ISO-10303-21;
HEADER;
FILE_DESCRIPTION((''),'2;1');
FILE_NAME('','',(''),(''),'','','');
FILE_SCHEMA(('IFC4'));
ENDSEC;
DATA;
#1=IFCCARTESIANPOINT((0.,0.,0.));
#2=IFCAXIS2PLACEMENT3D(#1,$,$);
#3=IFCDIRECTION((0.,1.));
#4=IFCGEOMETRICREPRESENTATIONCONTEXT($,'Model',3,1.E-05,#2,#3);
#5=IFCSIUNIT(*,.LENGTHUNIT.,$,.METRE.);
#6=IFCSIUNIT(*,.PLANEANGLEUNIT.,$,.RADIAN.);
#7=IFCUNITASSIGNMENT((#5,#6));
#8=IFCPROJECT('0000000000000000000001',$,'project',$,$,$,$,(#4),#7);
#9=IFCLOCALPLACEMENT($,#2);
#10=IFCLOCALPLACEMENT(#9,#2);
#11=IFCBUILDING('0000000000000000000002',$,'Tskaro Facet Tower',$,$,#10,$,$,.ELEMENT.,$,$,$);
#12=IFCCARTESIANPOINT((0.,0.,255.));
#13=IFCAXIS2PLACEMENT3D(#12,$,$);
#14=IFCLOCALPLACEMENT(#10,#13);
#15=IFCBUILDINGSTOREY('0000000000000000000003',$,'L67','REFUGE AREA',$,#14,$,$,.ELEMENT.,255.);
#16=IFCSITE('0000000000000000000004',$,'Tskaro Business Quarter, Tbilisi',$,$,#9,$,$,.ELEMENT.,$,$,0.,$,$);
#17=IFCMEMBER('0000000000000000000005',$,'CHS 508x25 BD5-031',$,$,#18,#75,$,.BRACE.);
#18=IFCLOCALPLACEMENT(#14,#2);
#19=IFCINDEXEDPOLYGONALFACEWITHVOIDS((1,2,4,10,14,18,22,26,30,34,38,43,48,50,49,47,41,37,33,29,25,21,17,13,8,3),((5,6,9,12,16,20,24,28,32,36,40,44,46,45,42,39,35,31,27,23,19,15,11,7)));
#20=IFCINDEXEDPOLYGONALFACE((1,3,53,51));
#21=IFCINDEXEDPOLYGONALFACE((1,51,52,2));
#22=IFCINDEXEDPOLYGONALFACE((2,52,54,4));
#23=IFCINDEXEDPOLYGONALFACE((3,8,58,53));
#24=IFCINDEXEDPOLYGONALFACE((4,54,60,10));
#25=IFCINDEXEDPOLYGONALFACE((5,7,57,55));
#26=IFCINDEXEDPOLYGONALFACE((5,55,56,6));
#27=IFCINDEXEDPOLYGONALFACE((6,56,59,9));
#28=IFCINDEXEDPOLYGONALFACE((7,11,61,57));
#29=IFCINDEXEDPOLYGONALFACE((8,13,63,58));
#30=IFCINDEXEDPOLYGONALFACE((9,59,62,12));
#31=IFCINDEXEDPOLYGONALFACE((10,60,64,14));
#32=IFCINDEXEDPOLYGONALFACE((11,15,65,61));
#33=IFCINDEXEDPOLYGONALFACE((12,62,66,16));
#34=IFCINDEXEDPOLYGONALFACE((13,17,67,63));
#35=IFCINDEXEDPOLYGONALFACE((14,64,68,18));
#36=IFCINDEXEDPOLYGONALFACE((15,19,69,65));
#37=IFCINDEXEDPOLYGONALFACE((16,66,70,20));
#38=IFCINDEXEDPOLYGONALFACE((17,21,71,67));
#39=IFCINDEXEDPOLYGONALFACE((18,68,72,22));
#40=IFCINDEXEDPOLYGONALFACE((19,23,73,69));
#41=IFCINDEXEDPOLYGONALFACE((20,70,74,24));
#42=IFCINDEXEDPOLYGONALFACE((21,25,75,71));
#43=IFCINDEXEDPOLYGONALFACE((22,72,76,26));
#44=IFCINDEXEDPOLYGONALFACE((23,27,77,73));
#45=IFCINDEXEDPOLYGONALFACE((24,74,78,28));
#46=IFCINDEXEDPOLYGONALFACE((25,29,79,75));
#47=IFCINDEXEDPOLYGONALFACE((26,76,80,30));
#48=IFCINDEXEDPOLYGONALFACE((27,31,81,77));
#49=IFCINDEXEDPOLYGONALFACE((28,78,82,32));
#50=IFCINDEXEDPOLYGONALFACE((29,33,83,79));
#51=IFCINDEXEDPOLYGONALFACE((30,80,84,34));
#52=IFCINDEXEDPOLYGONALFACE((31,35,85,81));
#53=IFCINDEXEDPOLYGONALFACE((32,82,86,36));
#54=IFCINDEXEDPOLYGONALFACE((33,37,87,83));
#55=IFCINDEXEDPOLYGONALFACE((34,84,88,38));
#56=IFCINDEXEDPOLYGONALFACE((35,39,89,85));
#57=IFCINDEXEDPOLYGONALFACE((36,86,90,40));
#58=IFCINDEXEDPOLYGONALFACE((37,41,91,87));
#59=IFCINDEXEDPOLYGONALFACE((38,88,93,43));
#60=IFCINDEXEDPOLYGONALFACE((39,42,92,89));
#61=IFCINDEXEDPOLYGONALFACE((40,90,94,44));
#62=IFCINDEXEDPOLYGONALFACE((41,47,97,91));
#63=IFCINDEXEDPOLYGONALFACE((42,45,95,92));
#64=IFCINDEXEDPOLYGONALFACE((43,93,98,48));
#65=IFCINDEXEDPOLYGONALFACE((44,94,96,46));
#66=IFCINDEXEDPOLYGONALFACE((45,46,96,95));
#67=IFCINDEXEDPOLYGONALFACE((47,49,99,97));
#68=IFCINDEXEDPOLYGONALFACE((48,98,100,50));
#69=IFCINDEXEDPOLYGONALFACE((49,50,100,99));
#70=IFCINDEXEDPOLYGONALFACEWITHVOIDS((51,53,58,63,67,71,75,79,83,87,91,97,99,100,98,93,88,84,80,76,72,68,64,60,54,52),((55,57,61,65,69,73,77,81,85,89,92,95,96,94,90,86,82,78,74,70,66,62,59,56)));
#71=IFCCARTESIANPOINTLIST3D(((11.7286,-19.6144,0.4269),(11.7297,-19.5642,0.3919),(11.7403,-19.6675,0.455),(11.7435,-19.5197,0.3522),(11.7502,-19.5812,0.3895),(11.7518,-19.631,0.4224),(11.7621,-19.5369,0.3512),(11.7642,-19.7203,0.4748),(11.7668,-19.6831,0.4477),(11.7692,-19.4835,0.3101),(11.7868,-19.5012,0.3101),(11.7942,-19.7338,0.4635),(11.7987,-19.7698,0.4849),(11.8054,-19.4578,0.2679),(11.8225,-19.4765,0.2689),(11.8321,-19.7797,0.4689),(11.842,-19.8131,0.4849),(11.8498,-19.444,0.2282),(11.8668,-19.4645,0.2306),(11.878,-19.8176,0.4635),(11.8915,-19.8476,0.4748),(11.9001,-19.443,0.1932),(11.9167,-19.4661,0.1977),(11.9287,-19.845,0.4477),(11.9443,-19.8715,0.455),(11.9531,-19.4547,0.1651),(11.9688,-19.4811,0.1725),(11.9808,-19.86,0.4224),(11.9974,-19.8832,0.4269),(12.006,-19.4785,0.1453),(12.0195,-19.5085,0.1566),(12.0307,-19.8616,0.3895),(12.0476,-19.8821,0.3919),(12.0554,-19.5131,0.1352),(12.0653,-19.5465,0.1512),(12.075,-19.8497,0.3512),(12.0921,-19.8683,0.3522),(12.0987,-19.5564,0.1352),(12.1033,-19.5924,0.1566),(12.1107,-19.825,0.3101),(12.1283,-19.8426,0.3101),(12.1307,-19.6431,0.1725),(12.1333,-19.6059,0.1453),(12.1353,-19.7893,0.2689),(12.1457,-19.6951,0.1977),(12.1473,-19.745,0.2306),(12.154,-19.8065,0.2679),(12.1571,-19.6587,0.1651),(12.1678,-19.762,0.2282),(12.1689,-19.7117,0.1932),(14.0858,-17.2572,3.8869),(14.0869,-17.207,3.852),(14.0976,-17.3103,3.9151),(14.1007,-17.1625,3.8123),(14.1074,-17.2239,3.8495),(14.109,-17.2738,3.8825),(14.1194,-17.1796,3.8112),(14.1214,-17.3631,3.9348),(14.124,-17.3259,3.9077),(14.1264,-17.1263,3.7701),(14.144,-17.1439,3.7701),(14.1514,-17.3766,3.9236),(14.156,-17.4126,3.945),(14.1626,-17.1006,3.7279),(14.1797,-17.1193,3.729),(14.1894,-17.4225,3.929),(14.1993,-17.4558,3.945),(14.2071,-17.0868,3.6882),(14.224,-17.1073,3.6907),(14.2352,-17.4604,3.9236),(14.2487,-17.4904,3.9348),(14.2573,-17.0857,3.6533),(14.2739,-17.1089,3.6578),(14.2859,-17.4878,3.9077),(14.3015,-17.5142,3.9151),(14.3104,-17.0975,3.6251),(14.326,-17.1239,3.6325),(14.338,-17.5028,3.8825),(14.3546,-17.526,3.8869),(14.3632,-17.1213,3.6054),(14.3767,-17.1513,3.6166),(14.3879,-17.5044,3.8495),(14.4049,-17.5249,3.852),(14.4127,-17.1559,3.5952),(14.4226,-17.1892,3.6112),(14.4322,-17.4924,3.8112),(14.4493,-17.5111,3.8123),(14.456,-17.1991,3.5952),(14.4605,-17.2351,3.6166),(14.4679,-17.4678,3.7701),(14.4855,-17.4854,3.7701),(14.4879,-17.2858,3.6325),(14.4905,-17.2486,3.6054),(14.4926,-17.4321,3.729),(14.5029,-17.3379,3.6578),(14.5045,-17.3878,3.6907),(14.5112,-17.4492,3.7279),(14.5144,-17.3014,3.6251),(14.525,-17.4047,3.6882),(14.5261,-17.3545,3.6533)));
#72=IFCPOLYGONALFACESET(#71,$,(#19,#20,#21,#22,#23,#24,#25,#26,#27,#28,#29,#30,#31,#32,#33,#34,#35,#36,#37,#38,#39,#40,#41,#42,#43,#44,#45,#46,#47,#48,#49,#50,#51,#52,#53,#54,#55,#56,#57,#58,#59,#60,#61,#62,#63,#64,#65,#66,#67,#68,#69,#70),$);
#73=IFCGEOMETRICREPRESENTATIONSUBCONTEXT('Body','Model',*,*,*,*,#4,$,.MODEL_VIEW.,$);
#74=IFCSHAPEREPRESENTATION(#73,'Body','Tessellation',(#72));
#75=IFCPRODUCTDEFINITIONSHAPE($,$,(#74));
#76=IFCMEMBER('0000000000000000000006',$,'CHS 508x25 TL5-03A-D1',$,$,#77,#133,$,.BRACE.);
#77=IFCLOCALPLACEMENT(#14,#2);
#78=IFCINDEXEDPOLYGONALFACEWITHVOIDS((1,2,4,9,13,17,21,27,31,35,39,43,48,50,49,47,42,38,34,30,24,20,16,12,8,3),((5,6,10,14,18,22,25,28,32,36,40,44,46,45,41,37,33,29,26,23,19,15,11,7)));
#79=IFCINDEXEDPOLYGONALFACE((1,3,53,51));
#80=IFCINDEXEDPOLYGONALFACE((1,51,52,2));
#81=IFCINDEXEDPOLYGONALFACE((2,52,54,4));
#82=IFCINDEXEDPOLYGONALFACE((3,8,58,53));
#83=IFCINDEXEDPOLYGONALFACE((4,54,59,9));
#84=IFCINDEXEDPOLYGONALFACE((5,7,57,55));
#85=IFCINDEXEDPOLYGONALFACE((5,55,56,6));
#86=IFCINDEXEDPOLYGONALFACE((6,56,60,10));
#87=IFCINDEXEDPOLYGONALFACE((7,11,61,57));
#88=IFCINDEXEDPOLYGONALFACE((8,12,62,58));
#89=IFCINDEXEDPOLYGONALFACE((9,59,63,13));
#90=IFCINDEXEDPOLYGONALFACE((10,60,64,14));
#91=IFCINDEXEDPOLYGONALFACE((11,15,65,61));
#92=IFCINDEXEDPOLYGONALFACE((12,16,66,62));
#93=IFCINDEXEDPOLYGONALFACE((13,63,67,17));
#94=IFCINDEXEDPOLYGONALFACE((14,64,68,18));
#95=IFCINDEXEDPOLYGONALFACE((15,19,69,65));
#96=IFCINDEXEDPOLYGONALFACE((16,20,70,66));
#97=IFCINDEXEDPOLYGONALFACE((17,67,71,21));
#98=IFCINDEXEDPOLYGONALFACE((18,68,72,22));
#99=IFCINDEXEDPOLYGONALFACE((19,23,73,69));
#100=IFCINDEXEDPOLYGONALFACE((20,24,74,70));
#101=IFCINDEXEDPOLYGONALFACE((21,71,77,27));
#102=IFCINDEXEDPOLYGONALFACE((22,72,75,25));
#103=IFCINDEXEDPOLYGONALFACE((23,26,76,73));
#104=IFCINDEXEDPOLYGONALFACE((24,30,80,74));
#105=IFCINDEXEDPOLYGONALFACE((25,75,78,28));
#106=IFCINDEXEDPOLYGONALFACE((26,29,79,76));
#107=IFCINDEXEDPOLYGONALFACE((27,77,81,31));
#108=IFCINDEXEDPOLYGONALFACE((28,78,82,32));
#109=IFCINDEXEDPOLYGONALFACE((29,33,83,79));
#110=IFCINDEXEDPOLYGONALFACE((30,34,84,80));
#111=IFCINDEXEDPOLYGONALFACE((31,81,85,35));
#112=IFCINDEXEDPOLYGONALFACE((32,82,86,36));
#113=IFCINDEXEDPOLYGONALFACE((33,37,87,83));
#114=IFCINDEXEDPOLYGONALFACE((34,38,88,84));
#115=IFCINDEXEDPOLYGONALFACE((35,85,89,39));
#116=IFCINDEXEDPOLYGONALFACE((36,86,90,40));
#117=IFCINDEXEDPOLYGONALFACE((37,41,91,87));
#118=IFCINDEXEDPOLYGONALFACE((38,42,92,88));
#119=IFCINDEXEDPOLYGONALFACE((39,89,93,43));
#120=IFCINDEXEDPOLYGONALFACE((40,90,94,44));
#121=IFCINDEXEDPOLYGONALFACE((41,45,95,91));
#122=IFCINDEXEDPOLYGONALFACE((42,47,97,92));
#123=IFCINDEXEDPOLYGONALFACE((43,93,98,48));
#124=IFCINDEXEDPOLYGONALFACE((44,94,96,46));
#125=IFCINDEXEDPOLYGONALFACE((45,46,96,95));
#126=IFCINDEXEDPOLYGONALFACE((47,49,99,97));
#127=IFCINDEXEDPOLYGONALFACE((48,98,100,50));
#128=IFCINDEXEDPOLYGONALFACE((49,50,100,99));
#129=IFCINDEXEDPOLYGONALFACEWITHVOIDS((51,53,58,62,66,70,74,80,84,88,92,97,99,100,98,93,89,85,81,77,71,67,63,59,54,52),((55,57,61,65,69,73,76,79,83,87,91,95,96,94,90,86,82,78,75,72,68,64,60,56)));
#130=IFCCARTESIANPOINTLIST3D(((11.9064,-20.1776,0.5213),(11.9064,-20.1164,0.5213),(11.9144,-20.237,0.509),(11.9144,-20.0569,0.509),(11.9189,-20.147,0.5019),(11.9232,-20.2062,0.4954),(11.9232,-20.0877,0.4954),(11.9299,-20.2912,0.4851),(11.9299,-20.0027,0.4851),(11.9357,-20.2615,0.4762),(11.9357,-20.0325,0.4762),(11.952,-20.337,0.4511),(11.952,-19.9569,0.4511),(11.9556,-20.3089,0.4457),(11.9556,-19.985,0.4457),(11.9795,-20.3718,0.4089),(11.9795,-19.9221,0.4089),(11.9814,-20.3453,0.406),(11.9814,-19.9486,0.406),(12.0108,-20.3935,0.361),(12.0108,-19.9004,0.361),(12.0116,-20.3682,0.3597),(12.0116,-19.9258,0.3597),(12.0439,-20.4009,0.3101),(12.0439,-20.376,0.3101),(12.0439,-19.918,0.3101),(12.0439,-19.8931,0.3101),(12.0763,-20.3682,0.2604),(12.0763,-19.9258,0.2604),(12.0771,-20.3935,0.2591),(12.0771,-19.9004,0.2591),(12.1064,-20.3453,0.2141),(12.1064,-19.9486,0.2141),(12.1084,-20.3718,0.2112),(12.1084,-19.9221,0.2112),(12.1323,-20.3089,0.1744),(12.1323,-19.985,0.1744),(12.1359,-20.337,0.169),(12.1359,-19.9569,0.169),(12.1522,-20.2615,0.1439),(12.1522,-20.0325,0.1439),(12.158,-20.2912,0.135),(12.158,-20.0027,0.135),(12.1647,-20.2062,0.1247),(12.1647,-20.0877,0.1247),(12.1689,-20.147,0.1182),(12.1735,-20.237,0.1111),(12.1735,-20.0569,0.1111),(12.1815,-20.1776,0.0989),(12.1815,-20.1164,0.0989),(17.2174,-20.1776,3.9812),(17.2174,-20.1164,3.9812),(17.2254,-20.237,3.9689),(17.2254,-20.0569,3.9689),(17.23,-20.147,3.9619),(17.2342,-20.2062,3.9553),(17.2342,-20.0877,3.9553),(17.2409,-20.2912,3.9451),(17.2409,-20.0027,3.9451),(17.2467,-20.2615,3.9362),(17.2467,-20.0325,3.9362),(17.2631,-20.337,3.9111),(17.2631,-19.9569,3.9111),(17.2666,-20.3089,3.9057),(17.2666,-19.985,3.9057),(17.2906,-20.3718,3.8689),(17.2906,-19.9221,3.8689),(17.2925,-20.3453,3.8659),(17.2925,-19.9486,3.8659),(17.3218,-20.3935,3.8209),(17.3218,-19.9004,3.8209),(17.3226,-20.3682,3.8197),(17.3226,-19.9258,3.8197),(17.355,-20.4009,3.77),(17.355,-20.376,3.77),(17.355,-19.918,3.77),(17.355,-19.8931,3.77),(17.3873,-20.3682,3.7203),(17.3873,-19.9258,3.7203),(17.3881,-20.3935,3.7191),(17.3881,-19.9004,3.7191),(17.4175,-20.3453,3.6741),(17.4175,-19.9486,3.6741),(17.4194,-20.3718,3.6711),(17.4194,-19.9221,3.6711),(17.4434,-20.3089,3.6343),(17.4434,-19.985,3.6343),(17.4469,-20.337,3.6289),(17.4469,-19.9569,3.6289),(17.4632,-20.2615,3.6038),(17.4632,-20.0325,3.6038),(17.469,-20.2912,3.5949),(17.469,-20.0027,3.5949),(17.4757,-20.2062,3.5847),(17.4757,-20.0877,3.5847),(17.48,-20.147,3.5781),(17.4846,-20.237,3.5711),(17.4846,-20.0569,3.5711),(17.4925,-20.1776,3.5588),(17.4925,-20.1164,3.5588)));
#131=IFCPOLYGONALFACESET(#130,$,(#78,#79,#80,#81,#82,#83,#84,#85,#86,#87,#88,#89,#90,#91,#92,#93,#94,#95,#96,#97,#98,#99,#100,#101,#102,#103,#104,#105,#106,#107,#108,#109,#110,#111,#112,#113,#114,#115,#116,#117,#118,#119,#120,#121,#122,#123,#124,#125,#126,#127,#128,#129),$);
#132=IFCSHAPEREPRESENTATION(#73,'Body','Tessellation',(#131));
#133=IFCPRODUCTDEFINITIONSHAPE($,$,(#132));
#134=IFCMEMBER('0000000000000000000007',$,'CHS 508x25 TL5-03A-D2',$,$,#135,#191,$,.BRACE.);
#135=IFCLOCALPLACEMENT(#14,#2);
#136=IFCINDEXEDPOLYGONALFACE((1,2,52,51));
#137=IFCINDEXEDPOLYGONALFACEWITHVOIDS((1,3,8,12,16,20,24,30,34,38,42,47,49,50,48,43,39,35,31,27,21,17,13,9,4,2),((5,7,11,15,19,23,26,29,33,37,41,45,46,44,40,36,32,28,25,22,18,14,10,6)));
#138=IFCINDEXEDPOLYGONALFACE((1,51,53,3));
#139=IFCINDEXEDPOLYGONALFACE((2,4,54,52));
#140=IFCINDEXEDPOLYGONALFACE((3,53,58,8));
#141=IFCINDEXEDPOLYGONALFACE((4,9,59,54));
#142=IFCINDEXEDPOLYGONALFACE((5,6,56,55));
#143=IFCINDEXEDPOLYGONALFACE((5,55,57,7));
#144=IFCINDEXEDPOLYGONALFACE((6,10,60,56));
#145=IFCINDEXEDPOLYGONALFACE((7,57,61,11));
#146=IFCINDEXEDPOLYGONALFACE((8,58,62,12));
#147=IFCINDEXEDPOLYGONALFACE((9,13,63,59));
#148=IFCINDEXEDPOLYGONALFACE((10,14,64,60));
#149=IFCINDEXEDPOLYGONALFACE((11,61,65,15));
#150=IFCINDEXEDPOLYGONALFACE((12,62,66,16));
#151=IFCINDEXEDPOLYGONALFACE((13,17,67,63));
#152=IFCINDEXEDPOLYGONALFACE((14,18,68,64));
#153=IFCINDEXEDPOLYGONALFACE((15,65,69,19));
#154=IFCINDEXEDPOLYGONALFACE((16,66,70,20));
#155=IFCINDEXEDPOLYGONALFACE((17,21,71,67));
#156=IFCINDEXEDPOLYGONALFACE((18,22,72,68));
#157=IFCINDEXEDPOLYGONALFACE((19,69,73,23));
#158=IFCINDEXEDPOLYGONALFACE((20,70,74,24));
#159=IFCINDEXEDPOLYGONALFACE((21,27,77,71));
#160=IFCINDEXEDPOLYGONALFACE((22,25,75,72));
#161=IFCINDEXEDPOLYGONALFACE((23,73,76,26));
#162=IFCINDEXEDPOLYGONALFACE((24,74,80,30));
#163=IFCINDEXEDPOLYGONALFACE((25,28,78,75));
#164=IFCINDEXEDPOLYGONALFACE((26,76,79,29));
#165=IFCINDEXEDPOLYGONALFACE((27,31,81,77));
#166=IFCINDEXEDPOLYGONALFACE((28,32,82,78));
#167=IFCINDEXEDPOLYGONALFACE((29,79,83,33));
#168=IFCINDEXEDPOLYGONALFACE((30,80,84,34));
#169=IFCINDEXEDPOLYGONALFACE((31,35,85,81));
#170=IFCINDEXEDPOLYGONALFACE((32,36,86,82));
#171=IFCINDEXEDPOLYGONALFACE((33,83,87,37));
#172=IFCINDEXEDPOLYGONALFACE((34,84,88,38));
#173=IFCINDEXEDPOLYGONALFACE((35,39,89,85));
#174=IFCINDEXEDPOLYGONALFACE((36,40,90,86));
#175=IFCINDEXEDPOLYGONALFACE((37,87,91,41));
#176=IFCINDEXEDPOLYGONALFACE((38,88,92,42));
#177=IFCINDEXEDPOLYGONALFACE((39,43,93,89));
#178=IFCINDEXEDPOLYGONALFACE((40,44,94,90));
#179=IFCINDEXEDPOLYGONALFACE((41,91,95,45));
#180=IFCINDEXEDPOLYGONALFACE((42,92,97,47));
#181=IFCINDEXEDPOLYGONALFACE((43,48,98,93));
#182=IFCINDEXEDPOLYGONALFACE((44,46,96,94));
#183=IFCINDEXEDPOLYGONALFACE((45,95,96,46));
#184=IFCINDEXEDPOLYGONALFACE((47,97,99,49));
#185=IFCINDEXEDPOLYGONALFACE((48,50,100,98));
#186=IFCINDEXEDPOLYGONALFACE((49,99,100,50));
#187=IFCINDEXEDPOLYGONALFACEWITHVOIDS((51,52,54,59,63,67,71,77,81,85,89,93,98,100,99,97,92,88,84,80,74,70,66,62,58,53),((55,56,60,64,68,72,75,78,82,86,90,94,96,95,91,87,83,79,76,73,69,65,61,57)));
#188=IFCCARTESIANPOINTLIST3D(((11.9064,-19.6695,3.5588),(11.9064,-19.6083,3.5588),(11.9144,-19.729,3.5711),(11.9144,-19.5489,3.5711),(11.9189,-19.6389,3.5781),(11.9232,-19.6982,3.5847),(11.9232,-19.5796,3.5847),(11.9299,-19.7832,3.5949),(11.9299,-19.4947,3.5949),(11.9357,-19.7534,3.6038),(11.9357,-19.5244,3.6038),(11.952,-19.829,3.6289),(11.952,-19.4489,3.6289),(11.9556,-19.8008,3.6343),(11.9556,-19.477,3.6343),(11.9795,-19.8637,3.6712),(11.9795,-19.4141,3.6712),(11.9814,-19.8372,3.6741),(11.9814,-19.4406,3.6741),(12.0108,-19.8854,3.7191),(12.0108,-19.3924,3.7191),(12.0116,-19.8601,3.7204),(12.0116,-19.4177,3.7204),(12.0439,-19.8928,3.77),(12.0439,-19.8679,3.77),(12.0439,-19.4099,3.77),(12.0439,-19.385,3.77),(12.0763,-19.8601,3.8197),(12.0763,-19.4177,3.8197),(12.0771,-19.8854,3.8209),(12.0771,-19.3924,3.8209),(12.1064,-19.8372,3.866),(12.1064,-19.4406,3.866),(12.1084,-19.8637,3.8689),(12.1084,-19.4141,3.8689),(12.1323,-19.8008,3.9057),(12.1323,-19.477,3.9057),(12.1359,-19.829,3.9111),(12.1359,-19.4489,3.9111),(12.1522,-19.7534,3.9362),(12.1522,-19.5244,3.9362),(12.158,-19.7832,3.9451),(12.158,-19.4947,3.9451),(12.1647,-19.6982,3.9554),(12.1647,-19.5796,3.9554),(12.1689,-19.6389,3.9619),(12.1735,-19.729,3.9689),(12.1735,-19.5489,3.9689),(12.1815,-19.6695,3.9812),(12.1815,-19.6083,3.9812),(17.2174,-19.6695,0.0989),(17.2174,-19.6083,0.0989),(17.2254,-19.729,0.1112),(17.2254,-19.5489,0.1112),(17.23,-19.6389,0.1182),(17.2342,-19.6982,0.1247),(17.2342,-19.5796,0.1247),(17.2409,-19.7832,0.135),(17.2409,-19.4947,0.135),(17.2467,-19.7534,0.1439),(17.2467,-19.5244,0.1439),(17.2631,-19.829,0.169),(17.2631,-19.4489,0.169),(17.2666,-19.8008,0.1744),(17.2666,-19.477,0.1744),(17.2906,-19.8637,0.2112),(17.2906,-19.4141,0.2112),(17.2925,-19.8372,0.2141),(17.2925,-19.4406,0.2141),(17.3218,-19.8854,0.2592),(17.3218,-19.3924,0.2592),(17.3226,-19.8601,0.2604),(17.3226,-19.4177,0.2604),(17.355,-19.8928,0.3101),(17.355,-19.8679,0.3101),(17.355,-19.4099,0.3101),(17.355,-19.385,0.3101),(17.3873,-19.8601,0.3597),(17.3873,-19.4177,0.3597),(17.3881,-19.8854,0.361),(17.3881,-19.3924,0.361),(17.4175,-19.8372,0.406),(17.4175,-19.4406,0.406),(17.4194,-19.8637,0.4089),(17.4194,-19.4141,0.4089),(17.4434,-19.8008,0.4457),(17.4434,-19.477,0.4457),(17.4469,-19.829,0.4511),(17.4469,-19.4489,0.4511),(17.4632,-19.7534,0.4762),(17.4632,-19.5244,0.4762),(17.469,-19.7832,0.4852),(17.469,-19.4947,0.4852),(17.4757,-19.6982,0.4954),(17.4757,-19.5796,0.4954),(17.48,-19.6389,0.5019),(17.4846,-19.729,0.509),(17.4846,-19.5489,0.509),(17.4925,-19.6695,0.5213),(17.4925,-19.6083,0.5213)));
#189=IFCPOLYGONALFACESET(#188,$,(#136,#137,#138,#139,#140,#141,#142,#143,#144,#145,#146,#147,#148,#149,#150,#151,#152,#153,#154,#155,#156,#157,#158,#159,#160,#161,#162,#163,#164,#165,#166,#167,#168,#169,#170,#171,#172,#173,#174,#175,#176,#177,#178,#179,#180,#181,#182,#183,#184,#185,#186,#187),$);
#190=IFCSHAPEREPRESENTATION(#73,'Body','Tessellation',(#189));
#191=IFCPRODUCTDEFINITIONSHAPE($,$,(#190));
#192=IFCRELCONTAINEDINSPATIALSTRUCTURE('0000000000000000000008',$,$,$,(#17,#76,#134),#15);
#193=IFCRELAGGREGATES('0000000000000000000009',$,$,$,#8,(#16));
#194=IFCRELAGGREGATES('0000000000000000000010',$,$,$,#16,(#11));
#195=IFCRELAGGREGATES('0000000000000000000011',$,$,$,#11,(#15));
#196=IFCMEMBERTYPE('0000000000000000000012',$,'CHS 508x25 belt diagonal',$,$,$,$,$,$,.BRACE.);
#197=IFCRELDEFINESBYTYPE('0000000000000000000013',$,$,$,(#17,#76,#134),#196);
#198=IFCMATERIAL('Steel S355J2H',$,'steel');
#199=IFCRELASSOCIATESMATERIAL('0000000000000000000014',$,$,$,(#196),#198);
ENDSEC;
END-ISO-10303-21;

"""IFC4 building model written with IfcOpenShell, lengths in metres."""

from ifc_helpers import new_model, si_unit, direction, frame, origin, origin_2d, place, context, subcontext, project, spatial, hollow_circle, extrude, material, material_profile, profile_set, type_object, element, save


model = new_model("IFC4")

# Units and contexts
model_context = context("Model", 3, precision=1e-05, world=origin(), true_north=direction((0.0, 1.0)))
body_context = subcontext(model_context, "Body", "Model", "MODEL_VIEW")
ifc_project = project(units=[si_unit("LENGTHUNIT", "METRE"), si_unit("PLANEANGLEUNIT", "RADIAN")], contexts=[model_context])

# Site, building, storey
site_placement = place(None, origin())
site = spatial("IfcSite", under=ifc_project, at=site_placement, Name="Tskaro Business Quarter, Tbilisi", CompositionType="ELEMENT", RefElevation=0.0)
building_placement = place(site_placement, origin())
building = spatial("IfcBuilding", under=site, at=building_placement, Name="Tskaro Facet Tower", CompositionType="ELEMENT")
storey_placement = place(building_placement, frame((0.0, 0.0, 255.0)))
storey = spatial("IfcBuildingStorey", under=building, at=storey_placement, Name="L67", Description="REFUGE AREA", CompositionType="ELEMENT", Elevation=255.0)

# Shared definitions
ifc_material_1 = material(Name="Steel S355J2H", Category="steel")

# Members
ifc_material_profile_1 = material_profile(ifc_material_1, hollow_circle(Radius=0.2539, WallThickness=0.0249, at=origin_2d()), Name="CHS 508x25")
ifc_profile_set_1 = profile_set([ifc_material_profile_1], Name="Steel S355J2H")
member_type_1 = type_object("IfcMemberType", Name="CHS 508x25 belt diagonal", PredefinedType="BRACE", material=ifc_profile_set_1)
member_1_placement = place(storey_placement, frame((11.9487, -19.6631, 0.3101), z_axis=(0.490611, 0.490611, 0.720139), x_axis=(-0.707107, 0.707107, 0.0)))
element("IfcMember", 1, at=member_1_placement, inside=storey, type_object=member_type_1, Name="CHS 508x25 BD5-031", PredefinedType="BRACE", context=body_context, shape_type="SweptSolid", body=[
    extrude(hollow_circle(Radius=0.2539, WallThickness=0.0249, at=origin_2d()), origin(), (0.0, 0.0, 1.0), 4.8047),
])
for number, where, z_axis, x_axis, name in (
    (2, (12.0439, -20.147, 0.3101), (0.837882, 0.0, 0.545852), (0.0, 1.0, 0.0), "CHS 508x25 TL5-03A-D1"),
    (3, (12.0439, -19.6389, 3.77), (0.837882, 0.0, -0.545852), (0.0, 1.0, 0.0), "CHS 508x25 TL5-03A-D2"),
):
    element("IfcMember", number, at=place(storey_placement, frame(where, z_axis=z_axis, x_axis=x_axis)), inside=storey, type_object=member_type_1, Name=name, PredefinedType="BRACE", context=body_context, shape_type="SweptSolid", body=[
        extrude(hollow_circle(Radius=0.2539, WallThickness=0.0249, at=origin_2d()), origin(), (0.0, 0.0, 1.0), 6.3386),
    ])

save(model, "model.ifc")
